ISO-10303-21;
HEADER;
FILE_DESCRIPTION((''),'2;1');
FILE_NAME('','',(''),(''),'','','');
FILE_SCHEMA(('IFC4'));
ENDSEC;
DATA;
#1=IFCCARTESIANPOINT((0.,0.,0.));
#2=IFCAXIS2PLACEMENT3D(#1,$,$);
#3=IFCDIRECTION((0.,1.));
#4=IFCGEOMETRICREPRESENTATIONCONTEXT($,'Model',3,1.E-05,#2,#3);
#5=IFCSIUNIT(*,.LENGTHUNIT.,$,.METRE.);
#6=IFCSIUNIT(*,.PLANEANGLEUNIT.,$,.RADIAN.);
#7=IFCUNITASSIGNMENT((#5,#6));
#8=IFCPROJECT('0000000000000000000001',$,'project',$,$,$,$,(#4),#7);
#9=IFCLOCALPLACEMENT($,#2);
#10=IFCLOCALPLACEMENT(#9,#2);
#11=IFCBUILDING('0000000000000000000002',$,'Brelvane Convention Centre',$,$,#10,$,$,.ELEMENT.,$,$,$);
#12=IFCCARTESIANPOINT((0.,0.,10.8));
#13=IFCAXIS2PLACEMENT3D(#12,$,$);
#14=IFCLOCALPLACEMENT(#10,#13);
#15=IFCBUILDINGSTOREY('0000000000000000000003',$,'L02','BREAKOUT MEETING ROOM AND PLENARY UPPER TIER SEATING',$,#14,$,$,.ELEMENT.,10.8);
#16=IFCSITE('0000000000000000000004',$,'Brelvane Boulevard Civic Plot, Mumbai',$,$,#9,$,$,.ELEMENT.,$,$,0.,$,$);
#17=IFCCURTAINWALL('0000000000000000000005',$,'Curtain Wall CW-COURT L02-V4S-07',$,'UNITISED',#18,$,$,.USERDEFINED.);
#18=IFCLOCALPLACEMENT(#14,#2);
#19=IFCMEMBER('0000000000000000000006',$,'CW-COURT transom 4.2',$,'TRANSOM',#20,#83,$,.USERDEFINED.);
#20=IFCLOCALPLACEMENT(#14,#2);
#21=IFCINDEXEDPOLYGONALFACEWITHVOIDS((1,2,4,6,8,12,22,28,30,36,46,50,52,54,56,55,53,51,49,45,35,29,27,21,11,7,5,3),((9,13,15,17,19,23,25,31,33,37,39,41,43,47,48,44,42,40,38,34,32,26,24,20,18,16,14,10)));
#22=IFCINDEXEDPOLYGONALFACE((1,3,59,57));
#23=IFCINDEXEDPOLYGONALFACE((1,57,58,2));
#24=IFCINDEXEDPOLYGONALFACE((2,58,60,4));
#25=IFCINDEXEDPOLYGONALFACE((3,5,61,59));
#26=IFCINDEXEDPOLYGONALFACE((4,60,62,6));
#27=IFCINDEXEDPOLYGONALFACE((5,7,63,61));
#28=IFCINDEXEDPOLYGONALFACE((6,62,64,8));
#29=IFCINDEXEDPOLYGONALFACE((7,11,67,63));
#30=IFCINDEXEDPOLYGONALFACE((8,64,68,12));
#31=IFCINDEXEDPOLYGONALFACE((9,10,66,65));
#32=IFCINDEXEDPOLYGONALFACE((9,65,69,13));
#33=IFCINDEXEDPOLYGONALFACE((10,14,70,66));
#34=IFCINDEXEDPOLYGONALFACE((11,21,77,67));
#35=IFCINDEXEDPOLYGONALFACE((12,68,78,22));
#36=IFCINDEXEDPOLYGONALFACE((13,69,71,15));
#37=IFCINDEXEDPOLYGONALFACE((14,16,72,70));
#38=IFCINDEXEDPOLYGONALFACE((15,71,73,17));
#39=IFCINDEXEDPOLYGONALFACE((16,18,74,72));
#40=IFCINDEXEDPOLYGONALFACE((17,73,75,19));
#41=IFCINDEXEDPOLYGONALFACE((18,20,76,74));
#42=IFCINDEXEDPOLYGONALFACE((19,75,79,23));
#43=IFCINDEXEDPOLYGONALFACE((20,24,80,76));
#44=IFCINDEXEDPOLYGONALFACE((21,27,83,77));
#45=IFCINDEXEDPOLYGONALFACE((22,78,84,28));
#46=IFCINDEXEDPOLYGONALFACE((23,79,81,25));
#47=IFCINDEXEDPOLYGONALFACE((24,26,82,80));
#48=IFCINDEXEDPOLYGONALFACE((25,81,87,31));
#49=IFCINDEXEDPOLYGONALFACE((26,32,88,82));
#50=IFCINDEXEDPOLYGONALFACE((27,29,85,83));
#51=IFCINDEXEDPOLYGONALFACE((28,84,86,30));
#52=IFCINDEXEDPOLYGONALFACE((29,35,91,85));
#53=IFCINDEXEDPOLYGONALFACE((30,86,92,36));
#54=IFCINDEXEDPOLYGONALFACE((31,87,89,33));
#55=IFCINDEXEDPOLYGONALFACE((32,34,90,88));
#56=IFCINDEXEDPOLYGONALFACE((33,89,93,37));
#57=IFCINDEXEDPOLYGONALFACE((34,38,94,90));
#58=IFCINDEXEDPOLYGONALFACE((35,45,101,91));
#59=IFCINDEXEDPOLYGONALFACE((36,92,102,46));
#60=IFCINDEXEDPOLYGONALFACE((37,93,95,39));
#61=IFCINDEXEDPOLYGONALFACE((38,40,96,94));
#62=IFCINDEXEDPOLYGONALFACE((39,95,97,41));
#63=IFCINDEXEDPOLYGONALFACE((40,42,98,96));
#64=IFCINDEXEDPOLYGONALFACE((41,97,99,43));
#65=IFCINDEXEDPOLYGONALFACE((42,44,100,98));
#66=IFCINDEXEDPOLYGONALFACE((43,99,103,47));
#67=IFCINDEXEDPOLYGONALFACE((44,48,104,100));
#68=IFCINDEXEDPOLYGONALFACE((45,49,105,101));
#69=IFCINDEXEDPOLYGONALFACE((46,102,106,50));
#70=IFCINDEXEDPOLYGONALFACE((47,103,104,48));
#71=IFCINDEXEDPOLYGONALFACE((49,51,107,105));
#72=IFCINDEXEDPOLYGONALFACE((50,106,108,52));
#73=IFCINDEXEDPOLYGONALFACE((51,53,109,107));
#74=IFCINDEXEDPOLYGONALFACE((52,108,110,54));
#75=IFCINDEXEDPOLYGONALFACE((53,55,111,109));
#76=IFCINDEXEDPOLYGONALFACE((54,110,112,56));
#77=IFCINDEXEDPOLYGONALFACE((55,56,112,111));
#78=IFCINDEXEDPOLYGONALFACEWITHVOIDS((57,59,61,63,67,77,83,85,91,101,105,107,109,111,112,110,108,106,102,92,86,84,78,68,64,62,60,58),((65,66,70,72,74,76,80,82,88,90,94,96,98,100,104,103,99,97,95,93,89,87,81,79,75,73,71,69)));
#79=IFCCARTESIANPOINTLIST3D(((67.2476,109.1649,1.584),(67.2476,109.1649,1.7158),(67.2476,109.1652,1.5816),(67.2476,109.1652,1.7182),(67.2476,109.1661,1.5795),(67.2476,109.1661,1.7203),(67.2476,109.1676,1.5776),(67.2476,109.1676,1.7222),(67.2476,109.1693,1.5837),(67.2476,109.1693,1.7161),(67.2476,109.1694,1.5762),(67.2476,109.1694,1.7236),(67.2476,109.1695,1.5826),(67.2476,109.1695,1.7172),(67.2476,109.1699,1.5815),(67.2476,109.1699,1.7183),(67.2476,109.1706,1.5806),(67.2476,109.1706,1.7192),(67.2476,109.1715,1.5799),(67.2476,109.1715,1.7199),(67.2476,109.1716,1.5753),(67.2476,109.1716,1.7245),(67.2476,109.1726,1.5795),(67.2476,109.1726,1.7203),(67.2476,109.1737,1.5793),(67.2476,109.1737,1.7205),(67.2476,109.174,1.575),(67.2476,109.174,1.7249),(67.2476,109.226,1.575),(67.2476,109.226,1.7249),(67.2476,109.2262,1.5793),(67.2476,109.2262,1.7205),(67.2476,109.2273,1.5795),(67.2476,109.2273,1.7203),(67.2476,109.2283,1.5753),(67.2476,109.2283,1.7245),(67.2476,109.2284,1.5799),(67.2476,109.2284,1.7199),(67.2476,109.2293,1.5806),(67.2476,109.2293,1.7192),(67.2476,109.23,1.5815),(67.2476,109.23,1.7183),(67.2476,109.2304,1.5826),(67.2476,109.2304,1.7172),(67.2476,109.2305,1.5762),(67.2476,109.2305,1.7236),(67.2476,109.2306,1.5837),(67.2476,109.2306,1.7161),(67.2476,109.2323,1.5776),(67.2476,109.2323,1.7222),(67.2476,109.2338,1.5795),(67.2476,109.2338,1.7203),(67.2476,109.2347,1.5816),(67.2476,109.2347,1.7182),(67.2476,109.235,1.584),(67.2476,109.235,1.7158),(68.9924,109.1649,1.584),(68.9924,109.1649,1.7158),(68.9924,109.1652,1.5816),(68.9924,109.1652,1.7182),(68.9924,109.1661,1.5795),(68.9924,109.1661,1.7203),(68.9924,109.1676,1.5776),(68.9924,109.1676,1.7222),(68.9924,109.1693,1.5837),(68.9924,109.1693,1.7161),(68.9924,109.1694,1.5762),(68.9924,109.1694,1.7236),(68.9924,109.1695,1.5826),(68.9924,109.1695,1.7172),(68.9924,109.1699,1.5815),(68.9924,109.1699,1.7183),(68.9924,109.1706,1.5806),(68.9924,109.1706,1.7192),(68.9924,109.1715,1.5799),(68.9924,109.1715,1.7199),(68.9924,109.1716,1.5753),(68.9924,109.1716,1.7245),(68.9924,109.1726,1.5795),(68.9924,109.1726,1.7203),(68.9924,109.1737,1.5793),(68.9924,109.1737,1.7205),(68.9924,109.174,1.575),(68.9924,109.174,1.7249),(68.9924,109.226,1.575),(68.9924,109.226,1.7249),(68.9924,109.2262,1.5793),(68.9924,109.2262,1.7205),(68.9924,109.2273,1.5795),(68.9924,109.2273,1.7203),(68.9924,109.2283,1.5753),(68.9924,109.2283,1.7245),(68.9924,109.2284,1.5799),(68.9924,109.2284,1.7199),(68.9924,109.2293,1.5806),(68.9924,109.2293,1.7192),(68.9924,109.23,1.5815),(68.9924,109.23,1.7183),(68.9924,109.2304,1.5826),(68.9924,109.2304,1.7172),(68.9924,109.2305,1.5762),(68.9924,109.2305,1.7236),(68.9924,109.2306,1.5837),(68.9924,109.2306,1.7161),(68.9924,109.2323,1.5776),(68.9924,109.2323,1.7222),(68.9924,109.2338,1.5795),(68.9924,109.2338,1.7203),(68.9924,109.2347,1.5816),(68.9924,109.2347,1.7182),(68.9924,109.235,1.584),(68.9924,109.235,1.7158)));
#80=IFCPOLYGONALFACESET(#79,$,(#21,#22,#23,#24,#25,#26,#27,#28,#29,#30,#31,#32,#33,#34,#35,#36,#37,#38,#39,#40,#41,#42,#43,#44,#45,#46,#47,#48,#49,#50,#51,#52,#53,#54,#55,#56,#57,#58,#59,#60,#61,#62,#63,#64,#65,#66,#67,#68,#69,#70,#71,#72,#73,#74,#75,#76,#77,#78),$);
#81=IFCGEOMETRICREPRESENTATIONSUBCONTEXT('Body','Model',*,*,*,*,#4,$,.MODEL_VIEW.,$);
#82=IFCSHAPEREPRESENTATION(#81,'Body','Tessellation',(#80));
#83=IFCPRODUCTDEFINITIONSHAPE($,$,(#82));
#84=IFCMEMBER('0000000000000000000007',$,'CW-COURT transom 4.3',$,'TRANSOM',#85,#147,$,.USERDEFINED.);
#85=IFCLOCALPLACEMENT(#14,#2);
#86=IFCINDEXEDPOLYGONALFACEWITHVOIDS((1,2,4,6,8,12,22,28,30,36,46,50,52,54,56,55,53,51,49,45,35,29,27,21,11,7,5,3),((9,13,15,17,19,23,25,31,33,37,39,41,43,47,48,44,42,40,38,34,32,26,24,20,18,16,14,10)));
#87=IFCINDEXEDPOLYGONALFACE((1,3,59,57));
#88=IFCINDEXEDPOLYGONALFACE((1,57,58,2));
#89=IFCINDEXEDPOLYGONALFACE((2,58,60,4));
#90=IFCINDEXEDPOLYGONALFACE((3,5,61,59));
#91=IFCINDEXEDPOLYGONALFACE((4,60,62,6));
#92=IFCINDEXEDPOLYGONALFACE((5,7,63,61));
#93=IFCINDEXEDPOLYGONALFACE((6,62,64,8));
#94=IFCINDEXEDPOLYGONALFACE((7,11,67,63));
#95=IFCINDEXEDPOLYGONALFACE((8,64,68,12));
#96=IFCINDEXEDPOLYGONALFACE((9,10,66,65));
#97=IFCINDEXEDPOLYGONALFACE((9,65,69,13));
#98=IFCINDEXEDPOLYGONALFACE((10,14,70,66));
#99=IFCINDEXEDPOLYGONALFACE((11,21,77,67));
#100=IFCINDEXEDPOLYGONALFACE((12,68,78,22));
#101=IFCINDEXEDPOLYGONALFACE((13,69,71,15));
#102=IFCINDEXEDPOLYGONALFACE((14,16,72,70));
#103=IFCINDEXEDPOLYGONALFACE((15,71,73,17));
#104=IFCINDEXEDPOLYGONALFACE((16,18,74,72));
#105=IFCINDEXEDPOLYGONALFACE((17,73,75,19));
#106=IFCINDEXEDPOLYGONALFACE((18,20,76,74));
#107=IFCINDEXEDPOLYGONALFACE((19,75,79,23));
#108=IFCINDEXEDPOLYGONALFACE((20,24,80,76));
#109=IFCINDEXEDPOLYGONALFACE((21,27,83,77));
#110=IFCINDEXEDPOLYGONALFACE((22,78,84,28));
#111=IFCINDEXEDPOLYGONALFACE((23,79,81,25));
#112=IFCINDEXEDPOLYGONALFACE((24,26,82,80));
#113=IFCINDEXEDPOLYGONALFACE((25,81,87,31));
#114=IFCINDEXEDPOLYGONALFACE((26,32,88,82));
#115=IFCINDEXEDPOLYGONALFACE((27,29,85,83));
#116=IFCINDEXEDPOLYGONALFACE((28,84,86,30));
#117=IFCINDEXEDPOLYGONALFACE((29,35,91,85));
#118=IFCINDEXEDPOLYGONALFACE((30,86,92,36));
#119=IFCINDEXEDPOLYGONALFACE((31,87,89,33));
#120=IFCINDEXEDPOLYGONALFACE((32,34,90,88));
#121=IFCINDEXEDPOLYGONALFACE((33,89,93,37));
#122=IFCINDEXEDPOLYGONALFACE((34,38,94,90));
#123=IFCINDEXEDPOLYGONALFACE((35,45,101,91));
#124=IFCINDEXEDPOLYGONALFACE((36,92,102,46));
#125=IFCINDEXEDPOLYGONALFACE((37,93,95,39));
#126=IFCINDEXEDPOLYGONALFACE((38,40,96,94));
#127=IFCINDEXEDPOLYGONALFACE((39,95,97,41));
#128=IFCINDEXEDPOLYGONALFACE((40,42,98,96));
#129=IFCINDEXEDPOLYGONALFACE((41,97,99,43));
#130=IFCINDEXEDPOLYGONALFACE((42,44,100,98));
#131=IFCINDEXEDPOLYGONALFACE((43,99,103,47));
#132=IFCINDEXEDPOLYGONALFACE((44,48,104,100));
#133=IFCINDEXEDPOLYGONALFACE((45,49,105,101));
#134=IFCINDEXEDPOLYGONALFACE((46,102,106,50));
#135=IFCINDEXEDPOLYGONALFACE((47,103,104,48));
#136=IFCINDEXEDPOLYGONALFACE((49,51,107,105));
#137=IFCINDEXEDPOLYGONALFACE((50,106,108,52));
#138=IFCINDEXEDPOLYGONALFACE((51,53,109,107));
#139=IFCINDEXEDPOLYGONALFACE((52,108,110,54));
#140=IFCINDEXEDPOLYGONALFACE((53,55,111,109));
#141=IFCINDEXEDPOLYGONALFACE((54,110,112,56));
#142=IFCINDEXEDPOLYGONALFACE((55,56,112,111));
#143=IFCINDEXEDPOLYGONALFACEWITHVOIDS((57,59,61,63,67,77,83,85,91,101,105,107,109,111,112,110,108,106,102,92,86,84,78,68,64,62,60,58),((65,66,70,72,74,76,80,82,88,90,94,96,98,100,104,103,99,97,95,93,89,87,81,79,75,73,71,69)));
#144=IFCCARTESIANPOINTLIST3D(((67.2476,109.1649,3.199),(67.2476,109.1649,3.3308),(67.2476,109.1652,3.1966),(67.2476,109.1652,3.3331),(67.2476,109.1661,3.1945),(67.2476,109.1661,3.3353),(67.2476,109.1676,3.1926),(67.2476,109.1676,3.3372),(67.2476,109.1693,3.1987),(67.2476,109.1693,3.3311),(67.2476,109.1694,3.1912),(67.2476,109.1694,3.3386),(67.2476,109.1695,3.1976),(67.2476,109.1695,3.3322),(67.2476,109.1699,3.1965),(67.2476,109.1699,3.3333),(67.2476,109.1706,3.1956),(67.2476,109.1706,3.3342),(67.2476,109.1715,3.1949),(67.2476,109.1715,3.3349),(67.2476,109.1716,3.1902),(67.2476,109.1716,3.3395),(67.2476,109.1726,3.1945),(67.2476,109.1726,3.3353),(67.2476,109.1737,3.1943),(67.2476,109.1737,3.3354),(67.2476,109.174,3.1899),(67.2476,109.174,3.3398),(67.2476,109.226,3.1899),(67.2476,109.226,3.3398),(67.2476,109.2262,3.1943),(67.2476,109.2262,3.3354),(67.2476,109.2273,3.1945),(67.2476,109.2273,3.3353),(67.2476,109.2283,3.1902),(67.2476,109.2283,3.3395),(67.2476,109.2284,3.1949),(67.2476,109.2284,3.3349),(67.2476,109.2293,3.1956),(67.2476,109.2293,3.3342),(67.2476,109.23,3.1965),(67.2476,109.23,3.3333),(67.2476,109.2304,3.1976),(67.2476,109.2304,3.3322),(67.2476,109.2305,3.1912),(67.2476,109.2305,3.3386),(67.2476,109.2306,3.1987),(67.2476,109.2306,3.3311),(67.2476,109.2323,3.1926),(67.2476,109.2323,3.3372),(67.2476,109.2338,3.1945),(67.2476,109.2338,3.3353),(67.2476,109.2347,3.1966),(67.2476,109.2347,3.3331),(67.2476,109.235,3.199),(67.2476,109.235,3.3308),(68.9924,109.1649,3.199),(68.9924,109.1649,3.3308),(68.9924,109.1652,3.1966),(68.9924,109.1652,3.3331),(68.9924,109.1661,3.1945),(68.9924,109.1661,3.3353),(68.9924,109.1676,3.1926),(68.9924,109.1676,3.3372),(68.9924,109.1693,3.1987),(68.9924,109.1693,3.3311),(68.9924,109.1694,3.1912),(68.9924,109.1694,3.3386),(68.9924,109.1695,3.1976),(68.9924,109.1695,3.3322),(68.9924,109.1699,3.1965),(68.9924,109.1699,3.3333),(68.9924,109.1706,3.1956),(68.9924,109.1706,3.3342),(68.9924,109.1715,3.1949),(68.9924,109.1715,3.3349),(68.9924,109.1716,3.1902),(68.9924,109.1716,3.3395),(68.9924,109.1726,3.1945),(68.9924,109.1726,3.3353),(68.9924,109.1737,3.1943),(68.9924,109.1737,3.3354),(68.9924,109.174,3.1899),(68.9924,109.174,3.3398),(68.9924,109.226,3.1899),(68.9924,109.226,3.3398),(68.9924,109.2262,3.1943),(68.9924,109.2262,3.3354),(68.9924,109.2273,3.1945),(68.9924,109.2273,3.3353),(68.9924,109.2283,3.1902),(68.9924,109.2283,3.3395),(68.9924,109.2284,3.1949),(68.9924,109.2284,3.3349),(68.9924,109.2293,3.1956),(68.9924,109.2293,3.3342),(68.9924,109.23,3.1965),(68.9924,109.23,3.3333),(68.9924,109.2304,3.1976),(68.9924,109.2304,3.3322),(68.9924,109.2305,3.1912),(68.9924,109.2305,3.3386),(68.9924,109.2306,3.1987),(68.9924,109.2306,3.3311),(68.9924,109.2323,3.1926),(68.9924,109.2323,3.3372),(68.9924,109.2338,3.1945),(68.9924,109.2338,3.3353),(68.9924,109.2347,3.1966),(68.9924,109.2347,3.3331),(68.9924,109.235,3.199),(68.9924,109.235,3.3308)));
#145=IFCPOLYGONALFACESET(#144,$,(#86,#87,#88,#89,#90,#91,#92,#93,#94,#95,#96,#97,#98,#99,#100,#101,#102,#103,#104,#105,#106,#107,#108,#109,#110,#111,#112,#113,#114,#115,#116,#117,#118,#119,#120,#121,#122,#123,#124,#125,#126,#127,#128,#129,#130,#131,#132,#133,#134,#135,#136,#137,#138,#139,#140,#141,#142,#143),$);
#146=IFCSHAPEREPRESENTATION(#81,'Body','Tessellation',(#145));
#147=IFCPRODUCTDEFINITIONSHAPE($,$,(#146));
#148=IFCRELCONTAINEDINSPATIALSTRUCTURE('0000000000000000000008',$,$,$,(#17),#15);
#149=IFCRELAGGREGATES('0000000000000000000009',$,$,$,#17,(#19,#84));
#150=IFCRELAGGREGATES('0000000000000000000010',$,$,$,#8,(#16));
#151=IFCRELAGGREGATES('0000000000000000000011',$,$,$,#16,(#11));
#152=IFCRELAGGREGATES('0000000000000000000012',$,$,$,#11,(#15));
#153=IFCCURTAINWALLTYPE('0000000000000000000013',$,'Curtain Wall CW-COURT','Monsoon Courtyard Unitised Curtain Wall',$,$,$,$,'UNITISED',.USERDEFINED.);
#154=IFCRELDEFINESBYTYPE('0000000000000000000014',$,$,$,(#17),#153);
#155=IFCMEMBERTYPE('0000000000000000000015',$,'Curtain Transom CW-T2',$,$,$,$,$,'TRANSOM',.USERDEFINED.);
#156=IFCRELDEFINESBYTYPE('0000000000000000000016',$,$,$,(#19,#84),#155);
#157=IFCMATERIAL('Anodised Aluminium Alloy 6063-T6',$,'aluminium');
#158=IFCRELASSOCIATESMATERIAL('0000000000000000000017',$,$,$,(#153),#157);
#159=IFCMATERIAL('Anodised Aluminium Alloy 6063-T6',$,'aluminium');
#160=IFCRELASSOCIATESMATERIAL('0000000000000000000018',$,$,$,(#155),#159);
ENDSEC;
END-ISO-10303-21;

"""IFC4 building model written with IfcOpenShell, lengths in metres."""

from ifc_helpers import new_model, si_unit, direction, frame, origin, origin_2d, place, context, subcontext, project, spatial, hollow_rectangle, extrude, material, material_profile, profile_set, type_object, element, aggregate, save


model = new_model("IFC4")

# Units and contexts
model_context = context("Model", 3, precision=1e-05, world=origin(), true_north=direction((0.0, 1.0)))
body_context = subcontext(model_context, "Body", "Model", "MODEL_VIEW")
ifc_project = project(units=[si_unit("LENGTHUNIT", "METRE"), si_unit("PLANEANGLEUNIT", "RADIAN")], contexts=[model_context])

# Site, building, storey
site_placement = place(None, origin())
site = spatial("IfcSite", under=ifc_project, at=site_placement, Name="Brelvane Boulevard Civic Plot, Mumbai", CompositionType="ELEMENT", RefElevation=0.0)
building_placement = place(site_placement, origin())
building = spatial("IfcBuilding", under=site, at=building_placement, Name="Brelvane Convention Centre", CompositionType="ELEMENT")
storey_placement = place(building_placement, frame((0.0, 0.0, 10.8)))
storey = spatial("IfcBuildingStorey", under=building, at=storey_placement, Name="L02", Description="BREAKOUT MEETING ROOM AND PLENARY UPPER TIER SEATING", CompositionType="ELEMENT", Elevation=10.8)

# Curtain wall, members
ifc_material_1 = material(Name="Anodised Aluminium Alloy 6063-T6", Category="aluminium")
curtain_wall_type = type_object("IfcCurtainWallType", Name="Curtain Wall CW-COURT", Description="Monsoon Courtyard Unitised Curtain Wall", ElementType="UNITISED", PredefinedType="USERDEFINED", material=ifc_material_1)
curtain_wall_placement = place(storey_placement, origin())
curtain_wall = element("IfcCurtainWall", 1, at=curtain_wall_placement, inside=storey, type_object=curtain_wall_type, Name="Curtain Wall CW-COURT L02-V4S-07", ObjectType="UNITISED", PredefinedType="USERDEFINED")
ifc_material_2 = material(Name="Anodised Aluminium Alloy 6063-T6", Category="aluminium")
ifc_material_profile_1 = material_profile(ifc_material_2, hollow_rectangle(XDim=0.0701, YDim=0.1499, WallThickness=0.0044, InnerFilletRadius=0.0044, OuterFilletRadius=0.009, at=origin_2d()), Name="ALU-T 150x70x4.5")
ifc_profile_set_1 = profile_set([ifc_material_profile_1], Name="Anodised Aluminium Alloy 6063-T6")
member_type_1 = type_object("IfcMemberType", Name="Curtain Transom CW-T2", ElementType="TRANSOM", PredefinedType="USERDEFINED", material=ifc_profile_set_1)
member_1_placement = place(storey_placement, frame((67.2476, 109.2, 1.6499), z_axis=(1.0, 0.0, 0.0), x_axis=(0.0, 1.0, 0.0)))
member_1 = element("IfcMember", 2, at=member_1_placement, type_object=member_type_1, Name="CW-COURT transom 4.2", ObjectType="TRANSOM", PredefinedType="USERDEFINED", context=body_context, shape_type="SweptSolid", body=[
    extrude(hollow_rectangle(XDim=0.0701, YDim=0.1499, WallThickness=0.0044, InnerFilletRadius=0.0044, OuterFilletRadius=0.009, at=origin_2d()), origin(), (0.0, 0.0, 1.0), 1.7449),
])
member_2_placement = place(storey_placement, frame((67.2476, 109.2, 3.2649), z_axis=(1.0, 0.0, 0.0), x_axis=(0.0, 1.0, 0.0)))
member_2 = element("IfcMember", 3, at=member_2_placement, type_object=member_type_1, Name="CW-COURT transom 4.3", ObjectType="TRANSOM", PredefinedType="USERDEFINED", context=body_context, shape_type="SweptSolid", body=[
    extrude(hollow_rectangle(XDim=0.0701, YDim=0.1499, WallThickness=0.0044, InnerFilletRadius=0.0044, OuterFilletRadius=0.009, at=origin_2d()), origin(), (0.0, 0.0, 1.0), 1.7449),
])

aggregate(curtain_wall, [member_1, member_2])

save(model, "model.ifc")
